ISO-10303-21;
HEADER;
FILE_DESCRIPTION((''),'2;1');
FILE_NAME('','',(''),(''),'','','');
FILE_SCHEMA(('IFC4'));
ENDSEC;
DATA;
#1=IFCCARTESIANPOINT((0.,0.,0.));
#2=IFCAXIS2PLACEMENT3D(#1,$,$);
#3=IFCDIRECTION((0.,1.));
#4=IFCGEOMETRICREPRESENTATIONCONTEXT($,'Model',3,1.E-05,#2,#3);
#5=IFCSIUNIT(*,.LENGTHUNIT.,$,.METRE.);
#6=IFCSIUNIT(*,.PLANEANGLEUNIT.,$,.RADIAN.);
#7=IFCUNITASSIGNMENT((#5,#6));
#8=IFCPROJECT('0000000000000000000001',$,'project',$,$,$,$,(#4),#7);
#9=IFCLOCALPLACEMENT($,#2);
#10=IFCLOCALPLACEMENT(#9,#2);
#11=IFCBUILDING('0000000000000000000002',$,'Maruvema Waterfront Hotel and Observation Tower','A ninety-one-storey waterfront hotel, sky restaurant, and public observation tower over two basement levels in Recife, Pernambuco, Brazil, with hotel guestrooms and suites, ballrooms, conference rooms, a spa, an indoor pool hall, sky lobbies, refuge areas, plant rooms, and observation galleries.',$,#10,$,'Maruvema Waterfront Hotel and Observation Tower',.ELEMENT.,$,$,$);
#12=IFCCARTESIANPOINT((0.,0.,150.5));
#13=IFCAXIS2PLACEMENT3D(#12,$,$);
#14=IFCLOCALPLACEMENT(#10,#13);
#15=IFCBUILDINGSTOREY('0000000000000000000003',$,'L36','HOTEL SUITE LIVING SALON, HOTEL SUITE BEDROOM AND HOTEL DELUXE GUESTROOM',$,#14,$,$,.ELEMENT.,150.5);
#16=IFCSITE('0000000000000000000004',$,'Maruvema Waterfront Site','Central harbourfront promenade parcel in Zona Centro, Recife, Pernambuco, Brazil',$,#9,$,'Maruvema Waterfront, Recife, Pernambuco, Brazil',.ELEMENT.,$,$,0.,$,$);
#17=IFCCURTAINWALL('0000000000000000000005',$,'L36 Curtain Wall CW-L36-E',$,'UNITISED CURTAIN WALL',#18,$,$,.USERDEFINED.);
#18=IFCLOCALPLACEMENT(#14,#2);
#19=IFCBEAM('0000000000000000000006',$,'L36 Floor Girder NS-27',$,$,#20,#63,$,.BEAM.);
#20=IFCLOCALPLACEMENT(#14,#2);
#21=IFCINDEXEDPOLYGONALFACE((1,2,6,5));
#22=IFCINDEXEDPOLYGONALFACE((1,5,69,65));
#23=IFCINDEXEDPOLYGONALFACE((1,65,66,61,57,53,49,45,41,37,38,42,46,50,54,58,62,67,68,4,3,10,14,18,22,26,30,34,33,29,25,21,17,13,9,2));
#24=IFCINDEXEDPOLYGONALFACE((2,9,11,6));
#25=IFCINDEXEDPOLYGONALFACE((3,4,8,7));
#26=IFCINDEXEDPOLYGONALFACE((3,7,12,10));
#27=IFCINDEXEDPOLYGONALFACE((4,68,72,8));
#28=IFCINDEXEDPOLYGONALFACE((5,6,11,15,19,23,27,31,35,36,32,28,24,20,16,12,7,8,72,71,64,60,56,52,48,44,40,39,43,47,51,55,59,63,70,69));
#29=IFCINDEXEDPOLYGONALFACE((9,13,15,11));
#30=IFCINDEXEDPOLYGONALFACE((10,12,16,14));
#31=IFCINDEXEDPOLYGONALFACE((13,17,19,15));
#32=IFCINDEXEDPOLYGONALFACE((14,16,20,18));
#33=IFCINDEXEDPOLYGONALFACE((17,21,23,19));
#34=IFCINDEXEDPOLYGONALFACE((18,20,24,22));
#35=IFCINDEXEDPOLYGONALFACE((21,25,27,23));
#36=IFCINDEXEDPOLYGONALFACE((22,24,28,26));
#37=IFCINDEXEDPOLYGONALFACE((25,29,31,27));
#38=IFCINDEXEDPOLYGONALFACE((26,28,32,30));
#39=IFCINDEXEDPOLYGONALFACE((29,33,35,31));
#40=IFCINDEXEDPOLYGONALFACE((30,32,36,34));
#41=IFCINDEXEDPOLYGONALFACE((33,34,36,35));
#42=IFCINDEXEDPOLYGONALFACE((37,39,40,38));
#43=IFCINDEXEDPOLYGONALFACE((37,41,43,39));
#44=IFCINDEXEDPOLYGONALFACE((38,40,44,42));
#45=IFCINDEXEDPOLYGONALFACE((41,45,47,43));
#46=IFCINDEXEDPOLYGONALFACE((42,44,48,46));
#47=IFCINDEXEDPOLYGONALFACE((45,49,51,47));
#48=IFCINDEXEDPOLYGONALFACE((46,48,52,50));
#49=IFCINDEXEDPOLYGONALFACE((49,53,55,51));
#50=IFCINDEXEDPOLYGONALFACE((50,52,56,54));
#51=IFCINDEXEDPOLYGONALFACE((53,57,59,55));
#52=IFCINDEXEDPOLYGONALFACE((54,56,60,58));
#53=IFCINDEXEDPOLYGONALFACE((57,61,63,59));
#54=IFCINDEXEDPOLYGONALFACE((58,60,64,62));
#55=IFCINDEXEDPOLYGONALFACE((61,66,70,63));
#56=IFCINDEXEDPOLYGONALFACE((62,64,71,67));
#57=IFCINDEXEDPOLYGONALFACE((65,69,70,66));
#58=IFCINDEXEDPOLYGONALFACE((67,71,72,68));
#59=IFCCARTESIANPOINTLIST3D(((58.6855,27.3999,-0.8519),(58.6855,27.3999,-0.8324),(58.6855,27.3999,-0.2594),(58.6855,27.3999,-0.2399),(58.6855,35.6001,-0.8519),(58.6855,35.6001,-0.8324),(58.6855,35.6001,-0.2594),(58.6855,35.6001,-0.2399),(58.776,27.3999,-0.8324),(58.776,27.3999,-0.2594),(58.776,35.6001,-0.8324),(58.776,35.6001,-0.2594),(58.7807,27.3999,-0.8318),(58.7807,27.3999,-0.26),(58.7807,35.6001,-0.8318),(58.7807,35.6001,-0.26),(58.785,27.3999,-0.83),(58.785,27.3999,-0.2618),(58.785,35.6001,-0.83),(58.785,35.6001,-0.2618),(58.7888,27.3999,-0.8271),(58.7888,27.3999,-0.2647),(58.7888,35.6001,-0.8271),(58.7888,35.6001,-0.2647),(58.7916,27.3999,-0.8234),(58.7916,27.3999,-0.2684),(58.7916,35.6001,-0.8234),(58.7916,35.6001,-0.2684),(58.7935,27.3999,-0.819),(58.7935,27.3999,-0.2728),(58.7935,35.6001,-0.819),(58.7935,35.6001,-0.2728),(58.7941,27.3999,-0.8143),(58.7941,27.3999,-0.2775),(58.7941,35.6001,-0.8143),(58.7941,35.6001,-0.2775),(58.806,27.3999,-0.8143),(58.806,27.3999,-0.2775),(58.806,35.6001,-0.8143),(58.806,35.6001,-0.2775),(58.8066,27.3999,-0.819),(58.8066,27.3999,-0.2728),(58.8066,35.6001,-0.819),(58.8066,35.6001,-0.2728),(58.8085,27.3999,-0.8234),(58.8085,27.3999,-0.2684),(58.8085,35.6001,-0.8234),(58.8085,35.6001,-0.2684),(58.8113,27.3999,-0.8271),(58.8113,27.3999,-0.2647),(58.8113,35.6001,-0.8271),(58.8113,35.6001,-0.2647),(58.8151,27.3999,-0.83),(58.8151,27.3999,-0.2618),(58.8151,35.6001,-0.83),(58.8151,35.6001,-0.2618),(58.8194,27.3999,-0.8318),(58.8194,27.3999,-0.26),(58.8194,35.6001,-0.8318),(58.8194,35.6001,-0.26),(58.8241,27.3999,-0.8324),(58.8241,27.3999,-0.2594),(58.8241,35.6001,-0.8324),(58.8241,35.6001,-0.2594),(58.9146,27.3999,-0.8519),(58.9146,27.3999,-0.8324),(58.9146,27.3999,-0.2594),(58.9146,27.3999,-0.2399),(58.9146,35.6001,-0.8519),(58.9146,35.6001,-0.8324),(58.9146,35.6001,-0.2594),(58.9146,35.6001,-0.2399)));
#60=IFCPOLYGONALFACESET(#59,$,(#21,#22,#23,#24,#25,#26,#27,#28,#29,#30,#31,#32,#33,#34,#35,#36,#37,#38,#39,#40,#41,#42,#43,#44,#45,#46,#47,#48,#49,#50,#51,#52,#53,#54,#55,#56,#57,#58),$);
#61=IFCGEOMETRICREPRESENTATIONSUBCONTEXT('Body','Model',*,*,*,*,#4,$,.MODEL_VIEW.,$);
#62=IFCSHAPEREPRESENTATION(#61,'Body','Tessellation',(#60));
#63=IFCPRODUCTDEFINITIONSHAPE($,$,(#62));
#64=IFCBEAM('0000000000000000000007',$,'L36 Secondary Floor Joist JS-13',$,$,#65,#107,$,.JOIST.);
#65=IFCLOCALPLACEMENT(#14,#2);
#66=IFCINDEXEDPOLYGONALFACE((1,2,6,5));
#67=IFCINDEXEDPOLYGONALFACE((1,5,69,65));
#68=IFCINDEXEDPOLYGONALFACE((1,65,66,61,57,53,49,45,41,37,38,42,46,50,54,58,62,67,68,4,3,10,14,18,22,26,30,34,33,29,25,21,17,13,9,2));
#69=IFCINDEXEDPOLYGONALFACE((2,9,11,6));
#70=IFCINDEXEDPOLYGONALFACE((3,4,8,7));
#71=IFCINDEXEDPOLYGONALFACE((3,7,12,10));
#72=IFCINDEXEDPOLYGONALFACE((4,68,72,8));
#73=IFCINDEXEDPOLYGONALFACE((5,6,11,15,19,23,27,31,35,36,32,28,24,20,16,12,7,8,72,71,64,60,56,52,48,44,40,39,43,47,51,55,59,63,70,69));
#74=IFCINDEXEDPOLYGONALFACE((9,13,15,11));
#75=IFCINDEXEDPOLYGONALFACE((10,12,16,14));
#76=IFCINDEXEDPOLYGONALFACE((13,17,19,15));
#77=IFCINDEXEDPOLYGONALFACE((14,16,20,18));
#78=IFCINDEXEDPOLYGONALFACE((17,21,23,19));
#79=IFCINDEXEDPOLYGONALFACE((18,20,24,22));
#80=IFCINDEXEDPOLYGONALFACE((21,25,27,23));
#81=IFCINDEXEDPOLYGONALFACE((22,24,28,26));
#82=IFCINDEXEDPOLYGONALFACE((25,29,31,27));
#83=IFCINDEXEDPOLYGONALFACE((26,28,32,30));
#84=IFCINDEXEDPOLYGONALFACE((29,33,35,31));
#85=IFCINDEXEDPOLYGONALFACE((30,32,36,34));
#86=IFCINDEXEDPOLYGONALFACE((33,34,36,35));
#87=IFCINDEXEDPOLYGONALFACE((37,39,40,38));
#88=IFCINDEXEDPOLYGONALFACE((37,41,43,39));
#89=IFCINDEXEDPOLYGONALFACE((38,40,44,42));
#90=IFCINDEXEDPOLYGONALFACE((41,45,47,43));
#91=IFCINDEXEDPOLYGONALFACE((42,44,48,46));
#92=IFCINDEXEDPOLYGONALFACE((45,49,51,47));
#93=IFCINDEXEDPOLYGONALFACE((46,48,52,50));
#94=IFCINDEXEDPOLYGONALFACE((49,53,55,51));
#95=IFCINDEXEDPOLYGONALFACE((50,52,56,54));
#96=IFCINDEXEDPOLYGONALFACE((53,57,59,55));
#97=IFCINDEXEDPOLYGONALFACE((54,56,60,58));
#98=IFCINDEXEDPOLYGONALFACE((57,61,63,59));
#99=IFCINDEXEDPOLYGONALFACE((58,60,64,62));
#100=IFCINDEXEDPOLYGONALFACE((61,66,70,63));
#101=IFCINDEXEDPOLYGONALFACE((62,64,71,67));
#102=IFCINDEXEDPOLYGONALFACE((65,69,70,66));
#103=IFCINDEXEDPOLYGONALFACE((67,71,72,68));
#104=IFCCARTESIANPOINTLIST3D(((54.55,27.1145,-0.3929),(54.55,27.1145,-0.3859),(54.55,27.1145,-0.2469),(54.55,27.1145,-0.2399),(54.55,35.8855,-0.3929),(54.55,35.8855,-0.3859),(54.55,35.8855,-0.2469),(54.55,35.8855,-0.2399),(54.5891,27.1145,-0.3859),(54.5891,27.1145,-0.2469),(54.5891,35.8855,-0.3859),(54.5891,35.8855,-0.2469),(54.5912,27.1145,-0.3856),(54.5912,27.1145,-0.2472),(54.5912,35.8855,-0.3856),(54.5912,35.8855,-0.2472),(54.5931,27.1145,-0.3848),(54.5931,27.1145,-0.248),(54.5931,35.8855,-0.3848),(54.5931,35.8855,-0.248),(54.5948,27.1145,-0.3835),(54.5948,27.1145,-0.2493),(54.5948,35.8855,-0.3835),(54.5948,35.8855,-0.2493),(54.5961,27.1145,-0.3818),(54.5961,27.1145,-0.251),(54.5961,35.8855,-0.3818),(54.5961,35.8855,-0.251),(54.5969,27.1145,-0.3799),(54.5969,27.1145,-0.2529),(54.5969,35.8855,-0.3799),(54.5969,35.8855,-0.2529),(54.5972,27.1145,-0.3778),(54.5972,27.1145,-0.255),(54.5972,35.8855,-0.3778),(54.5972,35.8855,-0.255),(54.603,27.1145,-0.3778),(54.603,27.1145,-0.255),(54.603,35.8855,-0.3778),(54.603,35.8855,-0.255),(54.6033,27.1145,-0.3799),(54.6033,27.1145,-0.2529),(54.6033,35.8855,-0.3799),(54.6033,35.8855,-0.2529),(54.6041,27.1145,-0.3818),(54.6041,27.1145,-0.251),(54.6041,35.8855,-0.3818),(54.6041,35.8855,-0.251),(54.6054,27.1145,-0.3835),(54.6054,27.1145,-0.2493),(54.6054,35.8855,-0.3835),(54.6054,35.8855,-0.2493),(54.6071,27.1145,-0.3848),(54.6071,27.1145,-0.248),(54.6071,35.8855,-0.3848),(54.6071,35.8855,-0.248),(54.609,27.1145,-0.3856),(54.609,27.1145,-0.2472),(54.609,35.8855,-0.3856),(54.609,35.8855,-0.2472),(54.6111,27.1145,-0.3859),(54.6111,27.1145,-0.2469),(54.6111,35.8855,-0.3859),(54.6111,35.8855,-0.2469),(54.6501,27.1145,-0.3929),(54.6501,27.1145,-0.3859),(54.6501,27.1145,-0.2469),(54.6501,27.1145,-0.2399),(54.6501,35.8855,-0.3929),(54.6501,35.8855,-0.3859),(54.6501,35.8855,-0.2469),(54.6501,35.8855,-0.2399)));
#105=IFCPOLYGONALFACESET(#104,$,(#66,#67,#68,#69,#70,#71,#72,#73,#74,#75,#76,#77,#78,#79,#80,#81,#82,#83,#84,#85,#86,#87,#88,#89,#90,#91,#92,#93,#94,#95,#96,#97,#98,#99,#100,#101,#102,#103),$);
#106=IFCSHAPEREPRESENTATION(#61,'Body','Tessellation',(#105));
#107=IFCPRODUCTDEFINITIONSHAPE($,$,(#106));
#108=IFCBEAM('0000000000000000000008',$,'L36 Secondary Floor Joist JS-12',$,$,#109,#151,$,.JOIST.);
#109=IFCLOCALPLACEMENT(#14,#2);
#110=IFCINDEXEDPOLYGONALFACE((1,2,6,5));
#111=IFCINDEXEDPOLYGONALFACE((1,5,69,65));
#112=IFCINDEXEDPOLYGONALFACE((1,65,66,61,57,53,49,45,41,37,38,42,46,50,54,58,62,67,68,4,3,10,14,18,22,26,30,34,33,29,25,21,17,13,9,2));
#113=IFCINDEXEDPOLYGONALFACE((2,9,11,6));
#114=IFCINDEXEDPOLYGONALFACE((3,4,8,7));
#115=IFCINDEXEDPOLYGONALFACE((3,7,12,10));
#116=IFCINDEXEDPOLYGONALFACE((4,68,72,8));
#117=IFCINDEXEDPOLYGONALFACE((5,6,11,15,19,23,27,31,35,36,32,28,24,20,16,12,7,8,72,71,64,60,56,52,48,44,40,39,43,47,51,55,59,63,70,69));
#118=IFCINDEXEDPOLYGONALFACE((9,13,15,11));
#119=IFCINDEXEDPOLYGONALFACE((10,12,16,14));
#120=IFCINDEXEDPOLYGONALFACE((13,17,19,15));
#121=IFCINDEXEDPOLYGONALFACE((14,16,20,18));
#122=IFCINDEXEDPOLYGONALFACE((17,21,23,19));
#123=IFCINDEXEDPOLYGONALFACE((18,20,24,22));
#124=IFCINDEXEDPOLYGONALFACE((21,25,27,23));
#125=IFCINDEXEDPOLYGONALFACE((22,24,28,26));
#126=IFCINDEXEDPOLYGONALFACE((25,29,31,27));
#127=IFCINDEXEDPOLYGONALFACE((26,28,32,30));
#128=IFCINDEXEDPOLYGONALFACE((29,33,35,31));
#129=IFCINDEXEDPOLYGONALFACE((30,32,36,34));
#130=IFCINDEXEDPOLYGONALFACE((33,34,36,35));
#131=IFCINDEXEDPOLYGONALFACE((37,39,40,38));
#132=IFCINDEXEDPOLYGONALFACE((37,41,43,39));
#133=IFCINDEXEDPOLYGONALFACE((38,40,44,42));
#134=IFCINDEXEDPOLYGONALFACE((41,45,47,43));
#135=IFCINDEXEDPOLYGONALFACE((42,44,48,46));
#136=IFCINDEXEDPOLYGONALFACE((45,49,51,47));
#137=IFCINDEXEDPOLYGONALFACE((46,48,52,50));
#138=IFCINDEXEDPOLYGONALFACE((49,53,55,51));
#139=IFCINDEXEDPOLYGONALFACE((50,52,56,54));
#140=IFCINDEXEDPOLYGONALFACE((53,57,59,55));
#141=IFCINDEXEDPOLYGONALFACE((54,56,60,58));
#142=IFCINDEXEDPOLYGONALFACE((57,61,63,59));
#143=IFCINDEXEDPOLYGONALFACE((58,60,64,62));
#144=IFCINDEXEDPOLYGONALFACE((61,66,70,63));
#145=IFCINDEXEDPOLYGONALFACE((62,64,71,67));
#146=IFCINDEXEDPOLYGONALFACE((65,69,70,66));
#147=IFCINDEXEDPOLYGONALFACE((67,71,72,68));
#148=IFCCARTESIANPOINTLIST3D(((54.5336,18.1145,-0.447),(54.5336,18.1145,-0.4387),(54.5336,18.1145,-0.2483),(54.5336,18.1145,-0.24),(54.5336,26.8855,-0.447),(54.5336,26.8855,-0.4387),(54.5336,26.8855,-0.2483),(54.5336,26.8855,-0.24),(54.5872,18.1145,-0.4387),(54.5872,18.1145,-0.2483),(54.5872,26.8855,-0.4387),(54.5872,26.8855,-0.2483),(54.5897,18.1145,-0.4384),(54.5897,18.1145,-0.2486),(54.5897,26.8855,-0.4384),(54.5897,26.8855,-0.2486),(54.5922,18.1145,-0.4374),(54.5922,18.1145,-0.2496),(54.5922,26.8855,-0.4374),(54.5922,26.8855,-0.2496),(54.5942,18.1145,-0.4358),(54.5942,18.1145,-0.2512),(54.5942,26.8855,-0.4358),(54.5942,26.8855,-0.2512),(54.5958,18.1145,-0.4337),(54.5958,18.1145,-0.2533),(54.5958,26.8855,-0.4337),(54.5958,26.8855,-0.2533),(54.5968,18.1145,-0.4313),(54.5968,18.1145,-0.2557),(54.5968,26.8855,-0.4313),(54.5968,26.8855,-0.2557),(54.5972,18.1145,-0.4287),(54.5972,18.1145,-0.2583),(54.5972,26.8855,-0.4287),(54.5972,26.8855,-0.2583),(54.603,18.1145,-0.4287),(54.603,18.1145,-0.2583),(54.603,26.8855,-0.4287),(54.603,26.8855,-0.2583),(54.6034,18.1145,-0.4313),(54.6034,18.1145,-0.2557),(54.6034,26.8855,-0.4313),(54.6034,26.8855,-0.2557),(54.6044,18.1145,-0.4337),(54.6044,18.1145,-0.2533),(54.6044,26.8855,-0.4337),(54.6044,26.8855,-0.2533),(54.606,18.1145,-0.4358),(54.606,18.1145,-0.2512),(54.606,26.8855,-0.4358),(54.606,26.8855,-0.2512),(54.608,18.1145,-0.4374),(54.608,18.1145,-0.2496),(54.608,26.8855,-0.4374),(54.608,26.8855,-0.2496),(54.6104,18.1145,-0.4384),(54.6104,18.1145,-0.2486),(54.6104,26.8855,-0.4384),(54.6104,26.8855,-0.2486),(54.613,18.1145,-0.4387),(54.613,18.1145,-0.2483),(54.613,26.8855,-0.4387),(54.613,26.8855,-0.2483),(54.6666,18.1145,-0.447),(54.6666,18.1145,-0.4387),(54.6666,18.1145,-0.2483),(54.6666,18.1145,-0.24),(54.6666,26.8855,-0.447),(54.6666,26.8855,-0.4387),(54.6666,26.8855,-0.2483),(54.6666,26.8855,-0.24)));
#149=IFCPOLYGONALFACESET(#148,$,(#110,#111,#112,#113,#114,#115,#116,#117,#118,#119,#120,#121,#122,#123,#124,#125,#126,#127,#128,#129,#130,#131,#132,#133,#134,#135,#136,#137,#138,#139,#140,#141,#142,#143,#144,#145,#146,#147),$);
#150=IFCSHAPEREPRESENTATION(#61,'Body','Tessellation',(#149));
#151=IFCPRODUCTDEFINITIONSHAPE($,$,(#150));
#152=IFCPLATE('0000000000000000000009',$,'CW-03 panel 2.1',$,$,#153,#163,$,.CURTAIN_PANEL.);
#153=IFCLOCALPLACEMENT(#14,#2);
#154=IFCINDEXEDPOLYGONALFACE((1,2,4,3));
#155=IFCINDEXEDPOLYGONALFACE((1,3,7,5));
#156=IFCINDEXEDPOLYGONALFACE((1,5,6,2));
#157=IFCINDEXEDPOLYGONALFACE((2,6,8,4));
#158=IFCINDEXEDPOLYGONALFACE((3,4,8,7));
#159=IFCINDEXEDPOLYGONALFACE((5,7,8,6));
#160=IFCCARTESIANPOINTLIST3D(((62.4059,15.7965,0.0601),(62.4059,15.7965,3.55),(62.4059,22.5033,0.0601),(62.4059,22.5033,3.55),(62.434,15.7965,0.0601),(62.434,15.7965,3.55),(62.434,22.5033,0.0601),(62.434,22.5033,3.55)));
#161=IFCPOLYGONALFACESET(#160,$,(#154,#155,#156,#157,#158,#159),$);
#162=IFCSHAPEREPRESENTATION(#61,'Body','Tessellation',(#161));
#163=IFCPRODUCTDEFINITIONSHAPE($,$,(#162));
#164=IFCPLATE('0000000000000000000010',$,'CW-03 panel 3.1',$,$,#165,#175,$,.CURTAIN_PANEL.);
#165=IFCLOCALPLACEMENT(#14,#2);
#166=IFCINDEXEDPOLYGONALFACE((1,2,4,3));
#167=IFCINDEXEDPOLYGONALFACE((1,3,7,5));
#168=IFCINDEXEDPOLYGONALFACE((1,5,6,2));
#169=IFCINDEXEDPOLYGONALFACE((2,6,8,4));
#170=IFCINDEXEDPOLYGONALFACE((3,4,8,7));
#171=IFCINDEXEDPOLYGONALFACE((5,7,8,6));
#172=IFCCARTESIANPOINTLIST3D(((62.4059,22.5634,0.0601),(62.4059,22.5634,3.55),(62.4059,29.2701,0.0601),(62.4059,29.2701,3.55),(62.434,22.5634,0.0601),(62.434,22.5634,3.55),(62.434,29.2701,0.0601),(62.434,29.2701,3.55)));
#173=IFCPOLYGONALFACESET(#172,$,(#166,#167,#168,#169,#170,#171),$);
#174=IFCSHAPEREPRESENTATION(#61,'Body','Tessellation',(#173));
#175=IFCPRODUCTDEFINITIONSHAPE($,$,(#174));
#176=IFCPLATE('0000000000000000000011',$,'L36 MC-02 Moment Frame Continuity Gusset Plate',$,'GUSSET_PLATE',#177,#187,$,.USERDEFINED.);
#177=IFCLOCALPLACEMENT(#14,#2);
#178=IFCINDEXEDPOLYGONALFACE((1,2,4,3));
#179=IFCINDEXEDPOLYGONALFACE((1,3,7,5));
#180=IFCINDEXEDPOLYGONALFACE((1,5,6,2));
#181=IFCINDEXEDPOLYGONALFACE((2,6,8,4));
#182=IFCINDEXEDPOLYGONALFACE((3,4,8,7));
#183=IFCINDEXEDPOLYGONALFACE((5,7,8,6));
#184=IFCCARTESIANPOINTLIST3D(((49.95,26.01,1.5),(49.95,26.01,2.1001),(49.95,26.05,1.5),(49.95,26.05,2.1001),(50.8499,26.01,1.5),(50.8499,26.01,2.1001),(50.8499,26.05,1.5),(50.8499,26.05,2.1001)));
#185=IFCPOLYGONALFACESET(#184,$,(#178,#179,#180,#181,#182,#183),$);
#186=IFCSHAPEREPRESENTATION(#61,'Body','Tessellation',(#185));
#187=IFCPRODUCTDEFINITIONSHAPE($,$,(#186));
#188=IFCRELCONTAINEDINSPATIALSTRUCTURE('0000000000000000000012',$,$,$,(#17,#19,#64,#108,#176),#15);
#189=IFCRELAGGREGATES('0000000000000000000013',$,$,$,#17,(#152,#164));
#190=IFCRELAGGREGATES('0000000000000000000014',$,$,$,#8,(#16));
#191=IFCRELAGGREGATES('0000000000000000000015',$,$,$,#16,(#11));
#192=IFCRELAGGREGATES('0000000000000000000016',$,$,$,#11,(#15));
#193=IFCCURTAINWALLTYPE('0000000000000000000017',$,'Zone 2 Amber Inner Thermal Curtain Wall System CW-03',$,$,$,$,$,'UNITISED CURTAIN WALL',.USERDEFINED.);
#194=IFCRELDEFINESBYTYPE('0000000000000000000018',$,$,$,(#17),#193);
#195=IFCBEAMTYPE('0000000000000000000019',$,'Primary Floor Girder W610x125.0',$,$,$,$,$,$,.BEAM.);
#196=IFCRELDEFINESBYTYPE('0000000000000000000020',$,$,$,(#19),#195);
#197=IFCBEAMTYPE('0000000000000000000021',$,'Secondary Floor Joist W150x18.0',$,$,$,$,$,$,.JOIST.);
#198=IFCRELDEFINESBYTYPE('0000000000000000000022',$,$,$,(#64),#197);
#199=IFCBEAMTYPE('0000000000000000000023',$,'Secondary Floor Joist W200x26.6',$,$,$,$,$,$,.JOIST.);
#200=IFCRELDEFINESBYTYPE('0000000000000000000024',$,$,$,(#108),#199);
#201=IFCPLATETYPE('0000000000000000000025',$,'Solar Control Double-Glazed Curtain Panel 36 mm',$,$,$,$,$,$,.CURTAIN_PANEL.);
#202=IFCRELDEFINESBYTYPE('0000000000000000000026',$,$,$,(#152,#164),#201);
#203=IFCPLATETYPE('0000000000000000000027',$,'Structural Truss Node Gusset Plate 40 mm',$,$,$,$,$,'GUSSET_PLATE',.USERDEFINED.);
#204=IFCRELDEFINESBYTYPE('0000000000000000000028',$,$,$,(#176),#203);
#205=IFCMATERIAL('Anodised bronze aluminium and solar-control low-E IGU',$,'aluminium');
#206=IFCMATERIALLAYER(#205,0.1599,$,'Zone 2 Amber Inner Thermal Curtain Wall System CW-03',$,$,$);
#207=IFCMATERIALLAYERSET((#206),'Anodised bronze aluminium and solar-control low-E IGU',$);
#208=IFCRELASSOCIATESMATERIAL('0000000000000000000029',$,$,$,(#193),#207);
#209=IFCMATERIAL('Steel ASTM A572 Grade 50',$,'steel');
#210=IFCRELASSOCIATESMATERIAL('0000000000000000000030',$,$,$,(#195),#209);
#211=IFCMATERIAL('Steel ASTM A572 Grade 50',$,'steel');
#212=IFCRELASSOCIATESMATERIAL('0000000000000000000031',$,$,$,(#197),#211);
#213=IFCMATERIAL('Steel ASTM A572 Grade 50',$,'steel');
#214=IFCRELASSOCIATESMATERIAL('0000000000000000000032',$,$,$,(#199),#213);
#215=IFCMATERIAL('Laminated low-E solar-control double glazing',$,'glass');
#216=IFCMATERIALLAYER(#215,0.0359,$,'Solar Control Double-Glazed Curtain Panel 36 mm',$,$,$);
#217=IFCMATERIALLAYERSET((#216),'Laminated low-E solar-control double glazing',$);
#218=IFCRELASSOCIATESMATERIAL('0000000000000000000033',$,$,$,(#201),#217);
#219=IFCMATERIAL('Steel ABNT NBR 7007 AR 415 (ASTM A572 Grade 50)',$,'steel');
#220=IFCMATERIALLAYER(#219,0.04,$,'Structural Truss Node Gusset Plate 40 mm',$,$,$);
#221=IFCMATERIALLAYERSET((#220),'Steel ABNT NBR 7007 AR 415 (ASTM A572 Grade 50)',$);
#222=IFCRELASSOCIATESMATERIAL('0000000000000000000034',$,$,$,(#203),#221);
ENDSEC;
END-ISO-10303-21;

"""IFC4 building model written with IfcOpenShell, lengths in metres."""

from ifc_helpers import new_model, si_unit, direction, frame, origin, origin_2d, place, context, subcontext, project, spatial, rectangle, i_section, extrude, material, layer, layer_set, material_profile, profile_set, type_object, element, aggregate, save


model = new_model("IFC4")

# Units and contexts
model_context = context("Model", 3, precision=1e-05, world=origin(), true_north=direction((0.0, 1.0)))
body_context = subcontext(model_context, "Body", "Model", "MODEL_VIEW")
ifc_project = project(units=[si_unit("LENGTHUNIT", "METRE"), si_unit("PLANEANGLEUNIT", "RADIAN")], contexts=[model_context])

# Site, building, storey
site_placement = place(None, origin())
site = spatial("IfcSite", under=ifc_project, at=site_placement, Name="Maruvema Waterfront Site", Description="Central harbourfront promenade parcel in Zona Centro, Recife, Pernambuco, Brazil", LongName="Maruvema Waterfront, Recife, Pernambuco, Brazil", CompositionType="ELEMENT", RefElevation=0.0)
building_placement = place(site_placement, origin())
building = spatial("IfcBuilding", under=site, at=building_placement, Name="Maruvema Waterfront Hotel and Observation Tower", Description="A ninety-one-storey waterfront hotel, sky restaurant, and public observation tower over two basement levels in Recife, Pernambuco, Brazil, with hotel guestrooms and suites, ballrooms, conference rooms, a spa, an indoor pool hall, sky lobbies, refuge areas, plant rooms, and observation galleries.", LongName="Maruvema Waterfront Hotel and Observation Tower", CompositionType="ELEMENT")
storey_placement = place(building_placement, frame((0.0, 0.0, 150.5)))
storey = spatial("IfcBuildingStorey", under=building, at=storey_placement, Name="L36", Description="HOTEL SUITE LIVING SALON, HOTEL SUITE BEDROOM AND HOTEL DELUXE GUESTROOM", CompositionType="ELEMENT", Elevation=150.5)

# Curtain wall
ifc_material_1 = material(Name="Anodised bronze aluminium and solar-control low-E IGU", Category="aluminium")
ifc_layer_1 = layer(ifc_material_1, 0.1599, Name="Zone 2 Amber Inner Thermal Curtain Wall System CW-03")
ifc_layer_set_1 = layer_set([ifc_layer_1], Name="Anodised bronze aluminium and solar-control low-E IGU")
curtain_wall_type = type_object("IfcCurtainWallType", Name="Zone 2 Amber Inner Thermal Curtain Wall System CW-03", ElementType="UNITISED CURTAIN WALL", PredefinedType="USERDEFINED", material=ifc_layer_set_1)
curtain_wall_placement = place(storey_placement, origin())
curtain_wall = element("IfcCurtainWall", 1, at=curtain_wall_placement, inside=storey, type_object=curtain_wall_type, Name="L36 Curtain Wall CW-L36-E", ObjectType="UNITISED CURTAIN WALL", PredefinedType="USERDEFINED")

# Beams
ifc_material_2 = material(Name="Steel ASTM A572 Grade 50", Category="steel")
ifc_material_profile_1 = material_profile(ifc_material_2, i_section(OverallWidth=0.229, OverallDepth=0.6121, WebThickness=0.012, FlangeThickness=0.0195, FilletRadius=0.0181, at=origin_2d()), Name="W610x125.0")
ifc_profile_set_1 = profile_set([ifc_material_profile_1], Name="Steel ASTM A572 Grade 50")
beam_type_1 = type_object("IfcBeamType", Name="Primary Floor Girder W610x125.0", PredefinedType="BEAM", material=ifc_profile_set_1)
for number, where, z_axis, x_axis, name in (
    (2, (58.8, 27.3999, -0.5459), (0.0, 1.0, 0.0), (-1.0, 0.0, 0.0), "L36 Floor Girder NS-27"),
):
    element("IfcBeam", number, at=place(storey_placement, frame(where, z_axis=z_axis, x_axis=x_axis)), inside=storey, type_object=beam_type_1, Name=name, PredefinedType="BEAM", context=body_context, shape_type="SweptSolid", body=[
        extrude(i_section(OverallWidth=0.229, OverallDepth=0.6121, WebThickness=0.012, FlangeThickness=0.0195, FilletRadius=0.0181, at=origin_2d()), origin(), (0.0, 0.0, 1.0), 8.2002),
    ])
ifc_material_3 = material(Name="Steel ASTM A572 Grade 50", Category="steel")
ifc_material_profile_2 = material_profile(ifc_material_3, i_section(OverallWidth=0.1001, OverallDepth=0.1531, WebThickness=0.0059, FlangeThickness=0.0071, FilletRadius=0.0081, at=origin_2d()), Name="W150x18.0")
ifc_profile_set_2 = profile_set([ifc_material_profile_2], Name="Steel ASTM A572 Grade 50")
beam_type_2 = type_object("IfcBeamType", Name="Secondary Floor Joist W150x18.0", PredefinedType="JOIST", material=ifc_profile_set_2)
beam_1_placement = place(storey_placement, frame((54.6001, 27.1145, -0.3164), z_axis=(0.0, 1.0, 0.0), x_axis=(-1.0, 0.0, 0.0)))
element("IfcBeam", 3, at=beam_1_placement, inside=storey, type_object=beam_type_2, Name="L36 Secondary Floor Joist JS-13", PredefinedType="JOIST", context=body_context, shape_type="SweptSolid", body=[
    extrude(i_section(OverallWidth=0.1001, OverallDepth=0.1531, WebThickness=0.0059, FlangeThickness=0.0071, FilletRadius=0.0081, at=origin_2d()), origin(), (0.0, 0.0, 1.0), 8.771),
])
ifc_material_4 = material(Name="Steel ASTM A572 Grade 50", Category="steel")
ifc_material_profile_3 = material_profile(ifc_material_4, i_section(OverallWidth=0.1331, OverallDepth=0.207, WebThickness=0.0059, FlangeThickness=0.0083, FilletRadius=0.01, at=origin_2d()), Name="W200x26.6")
ifc_profile_set_3 = profile_set([ifc_material_profile_3], Name="Steel ASTM A572 Grade 50")
beam_type_3 = type_object("IfcBeamType", Name="Secondary Floor Joist W200x26.6", PredefinedType="JOIST", material=ifc_profile_set_3)
beam_2_placement = place(storey_placement, frame((54.6001, 18.1145, -0.3435), z_axis=(0.0, 1.0, 0.0), x_axis=(-1.0, 0.0, 0.0)))
element("IfcBeam", 4, at=beam_2_placement, inside=storey, type_object=beam_type_3, Name="L36 Secondary Floor Joist JS-12", PredefinedType="JOIST", context=body_context, shape_type="SweptSolid", body=[
    extrude(i_section(OverallWidth=0.1331, OverallDepth=0.207, WebThickness=0.0059, FlangeThickness=0.0083, FilletRadius=0.01, at=origin_2d()), origin(), (0.0, 0.0, 1.0), 8.771),
])

# Plates
ifc_material_5 = material(Name="Laminated low-E solar-control double glazing", Category="glass")
ifc_layer_2 = layer(ifc_material_5, 0.0359, Name="Solar Control Double-Glazed Curtain Panel 36 mm")
ifc_layer_set_2 = layer_set([ifc_layer_2], Name="Laminated low-E solar-control double glazing")
plate_type_1 = type_object("IfcPlateType", Name="Solar Control Double-Glazed Curtain Panel 36 mm", PredefinedType="CURTAIN_PANEL", material=ifc_layer_set_2)
plate_1_placement = place(storey_placement, frame((62.4199, 19.1499, 0.0601), z_axis=(0.0, 0.0, 1.0), x_axis=(0.0, 1.0, 0.0)))
plate_1 = element("IfcPlate", 5, at=plate_1_placement, type_object=plate_type_1, Name="CW-03 panel 2.1", PredefinedType="CURTAIN_PANEL", context=body_context, shape_type="SweptSolid", body=[
    extrude(rectangle(XDim=6.7068, YDim=0.0281, at=origin_2d()), origin(), (0.0, 0.0, 1.0), 3.49),
])
plate_2_placement = place(storey_placement, frame((62.4199, 25.9167, 0.0601), z_axis=(0.0, 0.0, 1.0), x_axis=(0.0, 1.0, 0.0)))
plate_2 = element("IfcPlate", 6, at=plate_2_placement, type_object=plate_type_1, Name="CW-03 panel 3.1", PredefinedType="CURTAIN_PANEL", context=body_context, shape_type="SweptSolid", body=[
    extrude(rectangle(XDim=6.7068, YDim=0.0281, at=origin_2d()), origin(), (0.0, 0.0, 1.0), 3.49),
])
aggregate(curtain_wall, [plate_1, plate_2])
ifc_material_6 = material(Name="Steel ABNT NBR 7007 AR 415 (ASTM A572 Grade 50)", Category="steel")
ifc_layer_3 = layer(ifc_material_6, 0.04, Name="Structural Truss Node Gusset Plate 40 mm")
ifc_layer_set_3 = layer_set([ifc_layer_3], Name="Steel ABNT NBR 7007 AR 415 (ASTM A572 Grade 50)")
plate_type_2 = type_object("IfcPlateType", Name="Structural Truss Node Gusset Plate 40 mm", ElementType="GUSSET_PLATE", PredefinedType="USERDEFINED", material=ifc_layer_set_3)
plate_3_placement = place(storey_placement, frame((50.3999, 26.03, 1.5), z_axis=(0.0, 0.0, 1.0), x_axis=(1.0, 0.0, 0.0)))
element("IfcPlate", 7, at=plate_3_placement, inside=storey, type_object=plate_type_2, Name="L36 MC-02 Moment Frame Continuity Gusset Plate", ObjectType="GUSSET_PLATE", PredefinedType="USERDEFINED", context=body_context, shape_type="SweptSolid", body=[
    extrude(rectangle(XDim=0.8999, YDim=0.04, at=origin_2d()), origin(), (0.0, 0.0, 1.0), 0.6001),
])

save(model, "model.ifc")
